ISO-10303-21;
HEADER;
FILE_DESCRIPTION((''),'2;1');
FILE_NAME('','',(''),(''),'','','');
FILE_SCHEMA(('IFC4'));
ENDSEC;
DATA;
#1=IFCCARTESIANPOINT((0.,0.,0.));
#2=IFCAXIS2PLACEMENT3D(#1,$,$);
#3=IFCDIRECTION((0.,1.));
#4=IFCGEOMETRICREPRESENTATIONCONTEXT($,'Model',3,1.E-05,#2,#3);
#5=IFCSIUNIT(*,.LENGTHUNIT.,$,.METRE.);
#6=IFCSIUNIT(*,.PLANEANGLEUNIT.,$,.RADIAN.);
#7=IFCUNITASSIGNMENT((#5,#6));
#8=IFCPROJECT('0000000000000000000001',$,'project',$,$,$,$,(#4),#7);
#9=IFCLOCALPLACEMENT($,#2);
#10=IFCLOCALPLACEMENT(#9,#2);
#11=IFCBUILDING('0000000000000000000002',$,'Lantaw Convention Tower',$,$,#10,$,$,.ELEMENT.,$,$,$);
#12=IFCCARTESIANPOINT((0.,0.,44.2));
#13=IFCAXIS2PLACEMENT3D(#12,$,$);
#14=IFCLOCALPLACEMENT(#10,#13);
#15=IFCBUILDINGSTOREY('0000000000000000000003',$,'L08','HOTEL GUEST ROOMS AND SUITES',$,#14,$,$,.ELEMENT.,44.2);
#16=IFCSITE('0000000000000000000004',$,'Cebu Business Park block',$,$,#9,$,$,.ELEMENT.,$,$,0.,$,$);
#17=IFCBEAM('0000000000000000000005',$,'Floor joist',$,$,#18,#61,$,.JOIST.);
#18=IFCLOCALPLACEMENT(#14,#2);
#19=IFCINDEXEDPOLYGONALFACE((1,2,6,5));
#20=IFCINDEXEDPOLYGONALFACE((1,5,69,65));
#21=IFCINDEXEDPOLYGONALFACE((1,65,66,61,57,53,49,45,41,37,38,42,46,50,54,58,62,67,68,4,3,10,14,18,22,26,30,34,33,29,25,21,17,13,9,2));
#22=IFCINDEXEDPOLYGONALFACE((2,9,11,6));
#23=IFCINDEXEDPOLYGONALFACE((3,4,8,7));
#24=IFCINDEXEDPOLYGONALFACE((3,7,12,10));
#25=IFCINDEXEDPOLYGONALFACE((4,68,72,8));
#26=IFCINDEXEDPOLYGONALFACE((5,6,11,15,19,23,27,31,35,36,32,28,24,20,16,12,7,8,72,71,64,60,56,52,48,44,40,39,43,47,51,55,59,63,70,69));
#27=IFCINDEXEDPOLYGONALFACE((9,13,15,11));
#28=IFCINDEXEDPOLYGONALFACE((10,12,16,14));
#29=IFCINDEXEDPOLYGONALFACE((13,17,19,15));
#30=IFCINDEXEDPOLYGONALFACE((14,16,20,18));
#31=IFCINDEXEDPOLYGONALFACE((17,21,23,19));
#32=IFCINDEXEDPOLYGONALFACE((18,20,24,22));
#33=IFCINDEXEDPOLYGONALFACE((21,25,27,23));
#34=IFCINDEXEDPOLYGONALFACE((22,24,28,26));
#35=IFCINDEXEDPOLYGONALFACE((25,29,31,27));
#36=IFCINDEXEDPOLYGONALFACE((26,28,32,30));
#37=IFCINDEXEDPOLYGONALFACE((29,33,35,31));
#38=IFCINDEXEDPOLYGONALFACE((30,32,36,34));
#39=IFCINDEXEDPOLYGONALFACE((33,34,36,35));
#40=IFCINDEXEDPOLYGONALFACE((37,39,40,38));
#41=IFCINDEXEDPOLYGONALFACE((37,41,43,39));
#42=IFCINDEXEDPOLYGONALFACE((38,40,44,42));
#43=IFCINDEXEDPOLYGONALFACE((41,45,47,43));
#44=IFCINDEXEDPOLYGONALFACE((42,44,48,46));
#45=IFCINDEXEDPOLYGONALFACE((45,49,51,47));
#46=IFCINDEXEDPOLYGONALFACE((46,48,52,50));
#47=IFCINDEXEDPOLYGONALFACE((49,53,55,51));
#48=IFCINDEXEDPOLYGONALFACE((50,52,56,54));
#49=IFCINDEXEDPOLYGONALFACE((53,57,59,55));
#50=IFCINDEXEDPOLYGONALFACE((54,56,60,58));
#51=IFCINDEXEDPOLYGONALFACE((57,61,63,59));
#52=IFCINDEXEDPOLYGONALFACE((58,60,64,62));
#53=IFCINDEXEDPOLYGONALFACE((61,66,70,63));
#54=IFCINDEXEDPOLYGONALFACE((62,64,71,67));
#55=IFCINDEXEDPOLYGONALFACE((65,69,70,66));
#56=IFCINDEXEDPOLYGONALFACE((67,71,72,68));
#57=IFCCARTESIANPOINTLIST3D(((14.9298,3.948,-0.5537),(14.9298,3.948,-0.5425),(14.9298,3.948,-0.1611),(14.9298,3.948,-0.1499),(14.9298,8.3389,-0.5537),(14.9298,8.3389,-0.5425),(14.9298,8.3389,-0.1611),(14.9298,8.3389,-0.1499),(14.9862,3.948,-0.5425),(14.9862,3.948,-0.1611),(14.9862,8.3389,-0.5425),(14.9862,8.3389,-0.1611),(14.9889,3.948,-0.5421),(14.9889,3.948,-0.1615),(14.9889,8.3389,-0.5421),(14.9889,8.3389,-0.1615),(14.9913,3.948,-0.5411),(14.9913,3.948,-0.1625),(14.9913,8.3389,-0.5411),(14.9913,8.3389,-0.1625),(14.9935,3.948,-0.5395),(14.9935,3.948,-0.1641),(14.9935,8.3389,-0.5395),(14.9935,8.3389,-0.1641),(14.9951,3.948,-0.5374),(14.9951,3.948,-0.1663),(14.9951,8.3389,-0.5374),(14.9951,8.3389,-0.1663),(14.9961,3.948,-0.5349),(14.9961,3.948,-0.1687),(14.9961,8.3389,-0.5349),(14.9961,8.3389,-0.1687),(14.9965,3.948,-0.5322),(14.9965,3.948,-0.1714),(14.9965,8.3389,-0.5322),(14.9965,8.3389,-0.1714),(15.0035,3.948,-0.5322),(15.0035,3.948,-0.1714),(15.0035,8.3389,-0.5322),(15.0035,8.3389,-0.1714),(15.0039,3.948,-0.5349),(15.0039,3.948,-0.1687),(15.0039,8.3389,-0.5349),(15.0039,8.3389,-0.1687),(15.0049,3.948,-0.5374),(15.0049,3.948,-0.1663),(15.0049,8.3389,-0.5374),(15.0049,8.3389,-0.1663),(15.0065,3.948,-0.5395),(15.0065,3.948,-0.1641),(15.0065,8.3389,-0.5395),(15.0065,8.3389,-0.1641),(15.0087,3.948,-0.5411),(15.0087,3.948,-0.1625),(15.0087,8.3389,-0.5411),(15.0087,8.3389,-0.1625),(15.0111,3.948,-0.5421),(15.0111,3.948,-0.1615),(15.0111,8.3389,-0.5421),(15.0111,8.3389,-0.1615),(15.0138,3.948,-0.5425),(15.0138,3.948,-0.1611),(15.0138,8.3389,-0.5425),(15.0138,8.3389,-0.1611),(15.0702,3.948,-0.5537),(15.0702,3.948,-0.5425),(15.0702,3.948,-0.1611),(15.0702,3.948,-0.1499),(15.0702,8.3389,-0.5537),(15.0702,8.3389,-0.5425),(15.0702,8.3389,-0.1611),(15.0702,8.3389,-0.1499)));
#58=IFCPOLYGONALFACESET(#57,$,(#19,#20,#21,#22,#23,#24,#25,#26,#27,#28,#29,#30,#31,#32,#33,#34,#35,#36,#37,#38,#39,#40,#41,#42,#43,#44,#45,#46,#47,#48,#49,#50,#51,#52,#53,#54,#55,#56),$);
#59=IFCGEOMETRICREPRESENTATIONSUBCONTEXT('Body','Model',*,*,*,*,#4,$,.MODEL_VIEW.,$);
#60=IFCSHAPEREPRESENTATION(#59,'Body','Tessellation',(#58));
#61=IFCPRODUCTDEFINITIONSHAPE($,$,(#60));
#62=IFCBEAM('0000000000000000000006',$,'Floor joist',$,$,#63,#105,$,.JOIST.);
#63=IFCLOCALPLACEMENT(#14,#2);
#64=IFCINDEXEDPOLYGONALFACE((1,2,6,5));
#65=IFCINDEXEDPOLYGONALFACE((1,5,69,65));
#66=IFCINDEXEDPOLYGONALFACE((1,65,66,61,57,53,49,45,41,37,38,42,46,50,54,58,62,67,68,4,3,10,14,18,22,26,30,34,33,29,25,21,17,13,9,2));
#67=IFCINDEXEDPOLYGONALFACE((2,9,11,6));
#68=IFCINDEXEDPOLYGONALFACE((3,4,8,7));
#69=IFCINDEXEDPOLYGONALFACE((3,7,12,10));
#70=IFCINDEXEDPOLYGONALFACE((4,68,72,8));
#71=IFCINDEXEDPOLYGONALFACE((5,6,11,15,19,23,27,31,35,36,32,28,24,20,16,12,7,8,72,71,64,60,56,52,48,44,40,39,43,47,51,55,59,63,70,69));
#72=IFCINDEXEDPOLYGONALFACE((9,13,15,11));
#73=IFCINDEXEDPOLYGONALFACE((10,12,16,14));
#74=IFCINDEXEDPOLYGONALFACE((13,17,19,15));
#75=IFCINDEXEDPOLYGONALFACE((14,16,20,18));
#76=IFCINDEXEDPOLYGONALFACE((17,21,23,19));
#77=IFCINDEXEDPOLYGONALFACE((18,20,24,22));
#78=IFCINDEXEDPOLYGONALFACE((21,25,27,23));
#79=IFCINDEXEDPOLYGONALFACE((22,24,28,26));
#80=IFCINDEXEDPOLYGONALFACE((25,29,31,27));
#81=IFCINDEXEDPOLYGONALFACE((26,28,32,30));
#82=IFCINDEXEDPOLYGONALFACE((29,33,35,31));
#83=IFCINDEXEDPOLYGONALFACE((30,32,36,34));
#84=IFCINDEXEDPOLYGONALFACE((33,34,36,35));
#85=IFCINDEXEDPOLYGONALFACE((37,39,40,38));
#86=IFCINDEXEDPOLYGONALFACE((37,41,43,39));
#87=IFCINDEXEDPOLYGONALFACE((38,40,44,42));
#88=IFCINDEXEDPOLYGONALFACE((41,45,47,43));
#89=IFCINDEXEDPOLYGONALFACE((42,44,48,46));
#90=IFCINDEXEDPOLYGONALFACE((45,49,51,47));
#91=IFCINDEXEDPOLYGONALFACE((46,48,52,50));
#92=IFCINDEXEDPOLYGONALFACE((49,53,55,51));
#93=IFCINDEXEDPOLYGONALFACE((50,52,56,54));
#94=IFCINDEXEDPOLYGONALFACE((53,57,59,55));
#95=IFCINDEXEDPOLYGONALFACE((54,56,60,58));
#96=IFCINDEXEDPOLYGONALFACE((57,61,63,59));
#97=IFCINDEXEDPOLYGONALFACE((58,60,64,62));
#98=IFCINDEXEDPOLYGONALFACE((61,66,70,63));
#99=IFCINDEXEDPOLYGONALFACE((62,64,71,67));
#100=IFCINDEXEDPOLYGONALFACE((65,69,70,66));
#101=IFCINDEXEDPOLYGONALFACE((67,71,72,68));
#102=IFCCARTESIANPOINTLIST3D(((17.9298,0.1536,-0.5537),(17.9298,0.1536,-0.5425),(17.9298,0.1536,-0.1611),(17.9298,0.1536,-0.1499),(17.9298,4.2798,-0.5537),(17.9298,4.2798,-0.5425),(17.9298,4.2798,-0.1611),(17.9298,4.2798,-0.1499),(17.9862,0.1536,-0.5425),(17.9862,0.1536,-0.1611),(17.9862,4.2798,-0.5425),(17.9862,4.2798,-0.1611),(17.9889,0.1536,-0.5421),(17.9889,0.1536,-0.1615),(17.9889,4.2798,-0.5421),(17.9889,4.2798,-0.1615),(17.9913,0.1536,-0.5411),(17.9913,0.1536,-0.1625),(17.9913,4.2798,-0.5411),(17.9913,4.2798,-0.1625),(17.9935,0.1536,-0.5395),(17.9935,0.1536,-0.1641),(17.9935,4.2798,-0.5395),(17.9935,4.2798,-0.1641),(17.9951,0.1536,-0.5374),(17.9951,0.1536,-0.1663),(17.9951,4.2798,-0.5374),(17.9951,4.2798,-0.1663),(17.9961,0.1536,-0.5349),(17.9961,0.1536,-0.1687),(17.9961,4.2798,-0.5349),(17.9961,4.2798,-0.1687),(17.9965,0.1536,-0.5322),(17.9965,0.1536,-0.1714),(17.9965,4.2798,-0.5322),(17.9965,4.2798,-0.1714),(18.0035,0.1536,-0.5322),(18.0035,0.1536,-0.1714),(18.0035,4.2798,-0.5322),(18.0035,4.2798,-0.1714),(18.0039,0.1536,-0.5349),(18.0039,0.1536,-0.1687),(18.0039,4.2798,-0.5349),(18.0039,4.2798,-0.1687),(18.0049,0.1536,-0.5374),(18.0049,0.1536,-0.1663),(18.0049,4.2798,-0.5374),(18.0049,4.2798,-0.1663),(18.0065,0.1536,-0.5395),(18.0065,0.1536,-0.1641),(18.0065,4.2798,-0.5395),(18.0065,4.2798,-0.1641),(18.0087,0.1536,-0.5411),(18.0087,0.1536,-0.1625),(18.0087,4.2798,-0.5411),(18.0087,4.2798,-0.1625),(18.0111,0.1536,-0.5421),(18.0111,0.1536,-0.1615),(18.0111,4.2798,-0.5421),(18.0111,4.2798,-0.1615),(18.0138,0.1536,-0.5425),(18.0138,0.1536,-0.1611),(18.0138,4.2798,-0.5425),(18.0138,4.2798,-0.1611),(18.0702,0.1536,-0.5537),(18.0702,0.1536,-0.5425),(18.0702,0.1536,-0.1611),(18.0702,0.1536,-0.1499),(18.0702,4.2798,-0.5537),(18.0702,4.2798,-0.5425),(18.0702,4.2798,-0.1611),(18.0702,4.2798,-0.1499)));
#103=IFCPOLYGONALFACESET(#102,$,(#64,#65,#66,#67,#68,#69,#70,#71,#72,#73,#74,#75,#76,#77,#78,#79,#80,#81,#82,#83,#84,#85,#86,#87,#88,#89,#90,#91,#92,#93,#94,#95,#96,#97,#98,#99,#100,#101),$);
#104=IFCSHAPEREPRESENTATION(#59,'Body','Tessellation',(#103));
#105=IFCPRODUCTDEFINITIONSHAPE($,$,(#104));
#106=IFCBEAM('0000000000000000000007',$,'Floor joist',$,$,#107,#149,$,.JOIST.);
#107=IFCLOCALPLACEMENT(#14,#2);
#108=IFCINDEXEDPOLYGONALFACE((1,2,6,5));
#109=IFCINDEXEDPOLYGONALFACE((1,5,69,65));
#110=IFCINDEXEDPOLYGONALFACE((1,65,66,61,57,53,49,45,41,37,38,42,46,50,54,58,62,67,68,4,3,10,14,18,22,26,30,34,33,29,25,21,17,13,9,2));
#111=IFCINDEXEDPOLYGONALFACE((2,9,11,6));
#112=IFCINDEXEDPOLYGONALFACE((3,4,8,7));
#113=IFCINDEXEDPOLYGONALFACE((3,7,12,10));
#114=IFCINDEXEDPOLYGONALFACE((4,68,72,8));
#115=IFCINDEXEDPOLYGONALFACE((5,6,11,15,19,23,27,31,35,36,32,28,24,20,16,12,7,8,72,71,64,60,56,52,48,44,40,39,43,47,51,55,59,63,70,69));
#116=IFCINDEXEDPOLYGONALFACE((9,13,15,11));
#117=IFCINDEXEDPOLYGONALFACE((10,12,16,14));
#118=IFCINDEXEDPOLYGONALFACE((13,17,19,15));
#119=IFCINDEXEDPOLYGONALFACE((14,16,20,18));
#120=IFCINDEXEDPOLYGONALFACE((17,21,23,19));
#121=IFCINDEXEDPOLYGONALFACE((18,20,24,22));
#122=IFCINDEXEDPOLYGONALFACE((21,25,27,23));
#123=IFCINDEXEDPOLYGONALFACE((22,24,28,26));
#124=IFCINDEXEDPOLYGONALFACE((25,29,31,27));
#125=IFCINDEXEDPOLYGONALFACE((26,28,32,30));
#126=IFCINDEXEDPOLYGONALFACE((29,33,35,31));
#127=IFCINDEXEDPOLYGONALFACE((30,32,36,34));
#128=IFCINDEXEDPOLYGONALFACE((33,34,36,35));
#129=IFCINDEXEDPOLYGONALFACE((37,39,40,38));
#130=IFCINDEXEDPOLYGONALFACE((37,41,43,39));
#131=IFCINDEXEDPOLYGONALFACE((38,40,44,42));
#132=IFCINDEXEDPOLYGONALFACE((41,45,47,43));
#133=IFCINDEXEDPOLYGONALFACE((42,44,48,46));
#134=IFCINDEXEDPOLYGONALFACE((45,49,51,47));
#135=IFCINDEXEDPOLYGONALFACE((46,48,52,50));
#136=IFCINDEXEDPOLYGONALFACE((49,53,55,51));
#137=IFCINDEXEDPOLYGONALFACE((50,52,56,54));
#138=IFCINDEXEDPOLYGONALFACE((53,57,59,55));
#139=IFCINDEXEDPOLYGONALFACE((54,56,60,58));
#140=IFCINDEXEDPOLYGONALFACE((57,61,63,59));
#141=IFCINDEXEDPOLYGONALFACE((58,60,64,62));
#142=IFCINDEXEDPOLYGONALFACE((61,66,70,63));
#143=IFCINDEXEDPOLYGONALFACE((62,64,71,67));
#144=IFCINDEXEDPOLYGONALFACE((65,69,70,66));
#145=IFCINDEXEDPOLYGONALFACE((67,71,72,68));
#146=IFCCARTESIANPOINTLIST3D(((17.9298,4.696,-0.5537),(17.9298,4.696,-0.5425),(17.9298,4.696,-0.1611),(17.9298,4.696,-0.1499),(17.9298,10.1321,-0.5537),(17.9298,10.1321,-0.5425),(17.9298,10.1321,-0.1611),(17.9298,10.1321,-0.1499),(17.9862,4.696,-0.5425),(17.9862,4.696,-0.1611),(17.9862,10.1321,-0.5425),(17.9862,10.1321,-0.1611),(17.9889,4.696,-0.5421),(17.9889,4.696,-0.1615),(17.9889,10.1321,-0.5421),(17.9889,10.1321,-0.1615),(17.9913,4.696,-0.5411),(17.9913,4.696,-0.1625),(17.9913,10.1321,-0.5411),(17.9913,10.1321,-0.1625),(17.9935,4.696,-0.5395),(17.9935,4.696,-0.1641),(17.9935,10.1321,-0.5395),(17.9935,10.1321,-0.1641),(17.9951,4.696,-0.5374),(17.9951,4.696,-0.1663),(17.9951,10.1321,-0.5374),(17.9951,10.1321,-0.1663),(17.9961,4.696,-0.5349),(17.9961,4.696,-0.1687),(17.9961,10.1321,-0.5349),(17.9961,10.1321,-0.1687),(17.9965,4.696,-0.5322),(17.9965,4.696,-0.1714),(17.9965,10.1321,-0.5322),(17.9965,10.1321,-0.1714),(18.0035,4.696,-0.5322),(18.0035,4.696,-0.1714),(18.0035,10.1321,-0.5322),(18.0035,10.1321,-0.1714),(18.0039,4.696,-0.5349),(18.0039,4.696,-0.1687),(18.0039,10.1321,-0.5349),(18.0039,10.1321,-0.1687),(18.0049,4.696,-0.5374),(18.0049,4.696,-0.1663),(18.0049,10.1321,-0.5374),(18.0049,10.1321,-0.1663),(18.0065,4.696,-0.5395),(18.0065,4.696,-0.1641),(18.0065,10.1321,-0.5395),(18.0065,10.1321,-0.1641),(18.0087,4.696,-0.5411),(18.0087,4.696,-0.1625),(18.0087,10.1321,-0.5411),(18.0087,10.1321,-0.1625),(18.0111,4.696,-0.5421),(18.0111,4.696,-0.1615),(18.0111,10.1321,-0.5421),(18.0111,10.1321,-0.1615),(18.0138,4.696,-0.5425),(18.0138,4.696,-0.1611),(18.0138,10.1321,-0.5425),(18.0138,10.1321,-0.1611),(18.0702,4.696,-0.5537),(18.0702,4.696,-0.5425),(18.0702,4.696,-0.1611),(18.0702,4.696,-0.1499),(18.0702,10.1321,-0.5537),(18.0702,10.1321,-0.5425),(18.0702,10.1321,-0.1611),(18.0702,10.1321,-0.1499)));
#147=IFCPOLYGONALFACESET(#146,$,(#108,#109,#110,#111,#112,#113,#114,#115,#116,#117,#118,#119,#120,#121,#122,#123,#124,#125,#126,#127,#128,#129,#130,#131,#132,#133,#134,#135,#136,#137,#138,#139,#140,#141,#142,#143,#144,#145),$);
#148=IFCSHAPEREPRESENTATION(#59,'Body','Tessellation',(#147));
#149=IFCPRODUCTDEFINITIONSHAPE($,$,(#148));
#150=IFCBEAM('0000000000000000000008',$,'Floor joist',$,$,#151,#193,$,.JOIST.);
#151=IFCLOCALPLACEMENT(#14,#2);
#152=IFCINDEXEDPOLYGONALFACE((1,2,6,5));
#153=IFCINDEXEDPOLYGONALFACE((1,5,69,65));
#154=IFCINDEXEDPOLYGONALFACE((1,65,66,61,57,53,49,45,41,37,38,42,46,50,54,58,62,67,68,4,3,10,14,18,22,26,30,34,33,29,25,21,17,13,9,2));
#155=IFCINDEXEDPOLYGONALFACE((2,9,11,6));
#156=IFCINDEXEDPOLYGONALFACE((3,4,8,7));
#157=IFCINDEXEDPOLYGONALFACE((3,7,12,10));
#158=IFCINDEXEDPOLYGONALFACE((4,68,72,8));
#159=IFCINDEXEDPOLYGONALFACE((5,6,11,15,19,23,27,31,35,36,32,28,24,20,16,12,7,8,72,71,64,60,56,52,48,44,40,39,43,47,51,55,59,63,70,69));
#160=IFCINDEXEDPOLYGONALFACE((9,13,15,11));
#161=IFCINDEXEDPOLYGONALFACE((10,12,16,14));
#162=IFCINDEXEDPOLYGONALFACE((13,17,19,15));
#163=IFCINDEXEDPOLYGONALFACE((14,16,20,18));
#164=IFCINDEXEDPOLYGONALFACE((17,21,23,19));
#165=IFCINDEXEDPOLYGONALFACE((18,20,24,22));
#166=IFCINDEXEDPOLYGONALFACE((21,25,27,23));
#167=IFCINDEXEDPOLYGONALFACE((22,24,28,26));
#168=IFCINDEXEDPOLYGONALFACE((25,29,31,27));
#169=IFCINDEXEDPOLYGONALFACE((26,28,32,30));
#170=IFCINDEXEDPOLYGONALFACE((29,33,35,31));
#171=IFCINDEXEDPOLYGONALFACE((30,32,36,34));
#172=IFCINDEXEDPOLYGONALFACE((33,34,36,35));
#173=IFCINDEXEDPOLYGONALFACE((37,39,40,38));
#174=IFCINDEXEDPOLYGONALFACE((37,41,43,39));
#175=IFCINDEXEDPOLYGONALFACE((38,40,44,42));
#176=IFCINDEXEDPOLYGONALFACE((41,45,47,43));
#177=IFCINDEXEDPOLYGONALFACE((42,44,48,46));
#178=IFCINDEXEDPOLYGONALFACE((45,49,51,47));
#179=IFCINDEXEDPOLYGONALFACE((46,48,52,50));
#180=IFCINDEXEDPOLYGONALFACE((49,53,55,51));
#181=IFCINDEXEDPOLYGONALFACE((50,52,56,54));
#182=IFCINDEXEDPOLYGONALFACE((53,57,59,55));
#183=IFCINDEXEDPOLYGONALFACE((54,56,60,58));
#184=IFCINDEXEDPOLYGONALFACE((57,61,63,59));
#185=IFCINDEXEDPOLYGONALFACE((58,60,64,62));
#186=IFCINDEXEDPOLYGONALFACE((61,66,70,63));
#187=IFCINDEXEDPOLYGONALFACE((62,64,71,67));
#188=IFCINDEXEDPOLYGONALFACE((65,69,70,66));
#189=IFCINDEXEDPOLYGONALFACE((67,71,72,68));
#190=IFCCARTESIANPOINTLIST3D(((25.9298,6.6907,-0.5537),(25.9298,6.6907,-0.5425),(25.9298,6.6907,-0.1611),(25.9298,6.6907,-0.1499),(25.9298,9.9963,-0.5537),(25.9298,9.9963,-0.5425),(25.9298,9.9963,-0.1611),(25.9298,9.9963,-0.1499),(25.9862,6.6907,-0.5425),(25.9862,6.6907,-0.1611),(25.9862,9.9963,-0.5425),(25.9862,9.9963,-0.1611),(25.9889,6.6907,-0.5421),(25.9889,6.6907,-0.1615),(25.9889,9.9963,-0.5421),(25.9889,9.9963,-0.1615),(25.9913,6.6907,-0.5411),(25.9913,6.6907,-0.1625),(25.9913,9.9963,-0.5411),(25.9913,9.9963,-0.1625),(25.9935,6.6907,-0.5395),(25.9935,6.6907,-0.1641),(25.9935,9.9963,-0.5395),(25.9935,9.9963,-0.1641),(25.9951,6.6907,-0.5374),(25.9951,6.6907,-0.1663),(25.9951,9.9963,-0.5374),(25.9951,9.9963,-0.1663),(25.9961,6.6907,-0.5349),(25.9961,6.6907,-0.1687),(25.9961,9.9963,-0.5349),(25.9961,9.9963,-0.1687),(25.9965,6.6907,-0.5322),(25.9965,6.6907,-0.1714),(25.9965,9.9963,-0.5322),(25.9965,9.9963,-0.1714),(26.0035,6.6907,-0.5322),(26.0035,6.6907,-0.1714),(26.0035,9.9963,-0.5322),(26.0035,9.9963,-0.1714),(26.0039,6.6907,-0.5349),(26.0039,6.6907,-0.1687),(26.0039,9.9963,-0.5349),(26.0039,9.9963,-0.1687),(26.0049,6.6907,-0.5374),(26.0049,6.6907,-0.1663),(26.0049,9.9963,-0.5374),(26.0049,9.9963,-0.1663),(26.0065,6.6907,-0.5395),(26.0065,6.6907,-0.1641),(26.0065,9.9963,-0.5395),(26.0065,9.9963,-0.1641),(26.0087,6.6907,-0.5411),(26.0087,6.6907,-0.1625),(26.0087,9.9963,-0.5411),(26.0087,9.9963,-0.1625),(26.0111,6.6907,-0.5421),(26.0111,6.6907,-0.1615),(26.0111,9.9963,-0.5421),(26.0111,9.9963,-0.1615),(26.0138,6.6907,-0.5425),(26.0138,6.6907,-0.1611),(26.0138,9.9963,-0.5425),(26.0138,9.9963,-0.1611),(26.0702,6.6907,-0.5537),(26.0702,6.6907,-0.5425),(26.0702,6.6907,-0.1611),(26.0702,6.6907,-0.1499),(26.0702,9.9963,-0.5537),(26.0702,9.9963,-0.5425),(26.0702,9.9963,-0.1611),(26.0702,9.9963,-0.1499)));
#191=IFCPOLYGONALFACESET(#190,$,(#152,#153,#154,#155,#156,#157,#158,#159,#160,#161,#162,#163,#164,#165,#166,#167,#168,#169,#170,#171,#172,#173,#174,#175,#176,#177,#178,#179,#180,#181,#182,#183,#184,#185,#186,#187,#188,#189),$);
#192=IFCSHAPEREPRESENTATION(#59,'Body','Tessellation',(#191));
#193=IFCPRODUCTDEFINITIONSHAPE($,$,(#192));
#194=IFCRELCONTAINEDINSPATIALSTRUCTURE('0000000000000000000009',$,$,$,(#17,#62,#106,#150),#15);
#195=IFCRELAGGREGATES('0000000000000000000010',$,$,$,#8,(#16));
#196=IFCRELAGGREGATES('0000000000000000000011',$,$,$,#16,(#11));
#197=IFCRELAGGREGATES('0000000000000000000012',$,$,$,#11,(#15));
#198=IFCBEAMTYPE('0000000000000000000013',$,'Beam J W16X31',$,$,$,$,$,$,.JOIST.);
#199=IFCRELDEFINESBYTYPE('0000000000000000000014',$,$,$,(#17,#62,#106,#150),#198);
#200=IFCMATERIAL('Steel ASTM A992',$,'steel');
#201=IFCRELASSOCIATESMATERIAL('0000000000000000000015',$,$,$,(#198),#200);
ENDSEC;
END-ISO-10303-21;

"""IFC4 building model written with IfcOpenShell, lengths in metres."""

from ifc_helpers import new_model, si_unit, direction, frame, origin, origin_2d, place, context, subcontext, project, spatial, i_section, extrude, material, material_profile, profile_set, type_object, element, save


model = new_model("IFC4")

# Units and contexts
model_context = context("Model", 3, precision=1e-05, world=origin(), true_north=direction((0.0, 1.0)))
body_context = subcontext(model_context, "Body", "Model", "MODEL_VIEW")
ifc_project = project(units=[si_unit("LENGTHUNIT", "METRE"), si_unit("PLANEANGLEUNIT", "RADIAN")], contexts=[model_context])

# Site, building, storey
site_placement = place(None, origin())
site = spatial("IfcSite", under=ifc_project, at=site_placement, Name="Cebu Business Park block", CompositionType="ELEMENT", RefElevation=0.0)
building_placement = place(site_placement, origin())
building = spatial("IfcBuilding", under=site, at=building_placement, Name="Lantaw Convention Tower", CompositionType="ELEMENT")
storey_placement = place(building_placement, frame((0.0, 0.0, 44.2)))
storey = spatial("IfcBuildingStorey", under=building, at=storey_placement, Name="L08", Description="HOTEL GUEST ROOMS AND SUITES", CompositionType="ELEMENT", Elevation=44.2)

# Beams
ifc_material_1 = material(Name="Steel ASTM A992", Category="steel")
ifc_material_profile_1 = material_profile(ifc_material_1, i_section(OverallWidth=0.1404, OverallDepth=0.4038, WebThickness=0.0071, FlangeThickness=0.0112, FilletRadius=0.0103, at=origin_2d()), Name="W16X31")
ifc_profile_set_1 = profile_set([ifc_material_profile_1], Name="Steel ASTM A992")
beam_type_1 = type_object("IfcBeamType", Name="Beam J W16X31", PredefinedType="JOIST", material=ifc_profile_set_1)
beam_1_placement = place(storey_placement, frame((15.0, 3.948, -0.3518), z_axis=(0.0, 1.0, 0.0), x_axis=(-1.0, 0.0, 0.0)))
element("IfcBeam", 1, at=beam_1_placement, inside=storey, type_object=beam_type_1, Name="Floor joist", PredefinedType="JOIST", context=body_context, shape_type="SweptSolid", body=[
    extrude(i_section(OverallWidth=0.1404, OverallDepth=0.4038, WebThickness=0.0071, FlangeThickness=0.0112, FilletRadius=0.0103, at=origin_2d()), origin(), (0.0, 0.0, 1.0), 4.3909),
])
beam_2_placement = place(storey_placement, frame((18.0, 0.1536, -0.3518), z_axis=(0.0, 1.0, 0.0), x_axis=(-1.0, 0.0, 0.0)))
element("IfcBeam", 2, at=beam_2_placement, inside=storey, type_object=beam_type_1, Name="Floor joist", PredefinedType="JOIST", context=body_context, shape_type="SweptSolid", body=[
    extrude(i_section(OverallWidth=0.1404, OverallDepth=0.4038, WebThickness=0.0071, FlangeThickness=0.0112, FilletRadius=0.0103, at=origin_2d()), origin(), (0.0, 0.0, 1.0), 4.1262),
])
beam_3_placement = place(storey_placement, frame((18.0, 4.696, -0.3518), z_axis=(0.0, 1.0, 0.0), x_axis=(-1.0, 0.0, 0.0)))
element("IfcBeam", 3, at=beam_3_placement, inside=storey, type_object=beam_type_1, Name="Floor joist", PredefinedType="JOIST", context=body_context, shape_type="SweptSolid", body=[
    extrude(i_section(OverallWidth=0.1404, OverallDepth=0.4038, WebThickness=0.0071, FlangeThickness=0.0112, FilletRadius=0.0103, at=origin_2d()), origin(), (0.0, 0.0, 1.0), 5.436),
])
beam_4_placement = place(storey_placement, frame((26.0, 6.6907, -0.3518), z_axis=(0.0, 1.0, 0.0), x_axis=(-1.0, 0.0, 0.0)))
element("IfcBeam", 4, at=beam_4_placement, inside=storey, type_object=beam_type_1, Name="Floor joist", PredefinedType="JOIST", context=body_context, shape_type="SweptSolid", body=[
    extrude(i_section(OverallWidth=0.1404, OverallDepth=0.4038, WebThickness=0.0071, FlangeThickness=0.0112, FilletRadius=0.0103, at=origin_2d()), origin(), (0.0, 0.0, 1.0), 3.3057),
])

save(model, "model.ifc")
